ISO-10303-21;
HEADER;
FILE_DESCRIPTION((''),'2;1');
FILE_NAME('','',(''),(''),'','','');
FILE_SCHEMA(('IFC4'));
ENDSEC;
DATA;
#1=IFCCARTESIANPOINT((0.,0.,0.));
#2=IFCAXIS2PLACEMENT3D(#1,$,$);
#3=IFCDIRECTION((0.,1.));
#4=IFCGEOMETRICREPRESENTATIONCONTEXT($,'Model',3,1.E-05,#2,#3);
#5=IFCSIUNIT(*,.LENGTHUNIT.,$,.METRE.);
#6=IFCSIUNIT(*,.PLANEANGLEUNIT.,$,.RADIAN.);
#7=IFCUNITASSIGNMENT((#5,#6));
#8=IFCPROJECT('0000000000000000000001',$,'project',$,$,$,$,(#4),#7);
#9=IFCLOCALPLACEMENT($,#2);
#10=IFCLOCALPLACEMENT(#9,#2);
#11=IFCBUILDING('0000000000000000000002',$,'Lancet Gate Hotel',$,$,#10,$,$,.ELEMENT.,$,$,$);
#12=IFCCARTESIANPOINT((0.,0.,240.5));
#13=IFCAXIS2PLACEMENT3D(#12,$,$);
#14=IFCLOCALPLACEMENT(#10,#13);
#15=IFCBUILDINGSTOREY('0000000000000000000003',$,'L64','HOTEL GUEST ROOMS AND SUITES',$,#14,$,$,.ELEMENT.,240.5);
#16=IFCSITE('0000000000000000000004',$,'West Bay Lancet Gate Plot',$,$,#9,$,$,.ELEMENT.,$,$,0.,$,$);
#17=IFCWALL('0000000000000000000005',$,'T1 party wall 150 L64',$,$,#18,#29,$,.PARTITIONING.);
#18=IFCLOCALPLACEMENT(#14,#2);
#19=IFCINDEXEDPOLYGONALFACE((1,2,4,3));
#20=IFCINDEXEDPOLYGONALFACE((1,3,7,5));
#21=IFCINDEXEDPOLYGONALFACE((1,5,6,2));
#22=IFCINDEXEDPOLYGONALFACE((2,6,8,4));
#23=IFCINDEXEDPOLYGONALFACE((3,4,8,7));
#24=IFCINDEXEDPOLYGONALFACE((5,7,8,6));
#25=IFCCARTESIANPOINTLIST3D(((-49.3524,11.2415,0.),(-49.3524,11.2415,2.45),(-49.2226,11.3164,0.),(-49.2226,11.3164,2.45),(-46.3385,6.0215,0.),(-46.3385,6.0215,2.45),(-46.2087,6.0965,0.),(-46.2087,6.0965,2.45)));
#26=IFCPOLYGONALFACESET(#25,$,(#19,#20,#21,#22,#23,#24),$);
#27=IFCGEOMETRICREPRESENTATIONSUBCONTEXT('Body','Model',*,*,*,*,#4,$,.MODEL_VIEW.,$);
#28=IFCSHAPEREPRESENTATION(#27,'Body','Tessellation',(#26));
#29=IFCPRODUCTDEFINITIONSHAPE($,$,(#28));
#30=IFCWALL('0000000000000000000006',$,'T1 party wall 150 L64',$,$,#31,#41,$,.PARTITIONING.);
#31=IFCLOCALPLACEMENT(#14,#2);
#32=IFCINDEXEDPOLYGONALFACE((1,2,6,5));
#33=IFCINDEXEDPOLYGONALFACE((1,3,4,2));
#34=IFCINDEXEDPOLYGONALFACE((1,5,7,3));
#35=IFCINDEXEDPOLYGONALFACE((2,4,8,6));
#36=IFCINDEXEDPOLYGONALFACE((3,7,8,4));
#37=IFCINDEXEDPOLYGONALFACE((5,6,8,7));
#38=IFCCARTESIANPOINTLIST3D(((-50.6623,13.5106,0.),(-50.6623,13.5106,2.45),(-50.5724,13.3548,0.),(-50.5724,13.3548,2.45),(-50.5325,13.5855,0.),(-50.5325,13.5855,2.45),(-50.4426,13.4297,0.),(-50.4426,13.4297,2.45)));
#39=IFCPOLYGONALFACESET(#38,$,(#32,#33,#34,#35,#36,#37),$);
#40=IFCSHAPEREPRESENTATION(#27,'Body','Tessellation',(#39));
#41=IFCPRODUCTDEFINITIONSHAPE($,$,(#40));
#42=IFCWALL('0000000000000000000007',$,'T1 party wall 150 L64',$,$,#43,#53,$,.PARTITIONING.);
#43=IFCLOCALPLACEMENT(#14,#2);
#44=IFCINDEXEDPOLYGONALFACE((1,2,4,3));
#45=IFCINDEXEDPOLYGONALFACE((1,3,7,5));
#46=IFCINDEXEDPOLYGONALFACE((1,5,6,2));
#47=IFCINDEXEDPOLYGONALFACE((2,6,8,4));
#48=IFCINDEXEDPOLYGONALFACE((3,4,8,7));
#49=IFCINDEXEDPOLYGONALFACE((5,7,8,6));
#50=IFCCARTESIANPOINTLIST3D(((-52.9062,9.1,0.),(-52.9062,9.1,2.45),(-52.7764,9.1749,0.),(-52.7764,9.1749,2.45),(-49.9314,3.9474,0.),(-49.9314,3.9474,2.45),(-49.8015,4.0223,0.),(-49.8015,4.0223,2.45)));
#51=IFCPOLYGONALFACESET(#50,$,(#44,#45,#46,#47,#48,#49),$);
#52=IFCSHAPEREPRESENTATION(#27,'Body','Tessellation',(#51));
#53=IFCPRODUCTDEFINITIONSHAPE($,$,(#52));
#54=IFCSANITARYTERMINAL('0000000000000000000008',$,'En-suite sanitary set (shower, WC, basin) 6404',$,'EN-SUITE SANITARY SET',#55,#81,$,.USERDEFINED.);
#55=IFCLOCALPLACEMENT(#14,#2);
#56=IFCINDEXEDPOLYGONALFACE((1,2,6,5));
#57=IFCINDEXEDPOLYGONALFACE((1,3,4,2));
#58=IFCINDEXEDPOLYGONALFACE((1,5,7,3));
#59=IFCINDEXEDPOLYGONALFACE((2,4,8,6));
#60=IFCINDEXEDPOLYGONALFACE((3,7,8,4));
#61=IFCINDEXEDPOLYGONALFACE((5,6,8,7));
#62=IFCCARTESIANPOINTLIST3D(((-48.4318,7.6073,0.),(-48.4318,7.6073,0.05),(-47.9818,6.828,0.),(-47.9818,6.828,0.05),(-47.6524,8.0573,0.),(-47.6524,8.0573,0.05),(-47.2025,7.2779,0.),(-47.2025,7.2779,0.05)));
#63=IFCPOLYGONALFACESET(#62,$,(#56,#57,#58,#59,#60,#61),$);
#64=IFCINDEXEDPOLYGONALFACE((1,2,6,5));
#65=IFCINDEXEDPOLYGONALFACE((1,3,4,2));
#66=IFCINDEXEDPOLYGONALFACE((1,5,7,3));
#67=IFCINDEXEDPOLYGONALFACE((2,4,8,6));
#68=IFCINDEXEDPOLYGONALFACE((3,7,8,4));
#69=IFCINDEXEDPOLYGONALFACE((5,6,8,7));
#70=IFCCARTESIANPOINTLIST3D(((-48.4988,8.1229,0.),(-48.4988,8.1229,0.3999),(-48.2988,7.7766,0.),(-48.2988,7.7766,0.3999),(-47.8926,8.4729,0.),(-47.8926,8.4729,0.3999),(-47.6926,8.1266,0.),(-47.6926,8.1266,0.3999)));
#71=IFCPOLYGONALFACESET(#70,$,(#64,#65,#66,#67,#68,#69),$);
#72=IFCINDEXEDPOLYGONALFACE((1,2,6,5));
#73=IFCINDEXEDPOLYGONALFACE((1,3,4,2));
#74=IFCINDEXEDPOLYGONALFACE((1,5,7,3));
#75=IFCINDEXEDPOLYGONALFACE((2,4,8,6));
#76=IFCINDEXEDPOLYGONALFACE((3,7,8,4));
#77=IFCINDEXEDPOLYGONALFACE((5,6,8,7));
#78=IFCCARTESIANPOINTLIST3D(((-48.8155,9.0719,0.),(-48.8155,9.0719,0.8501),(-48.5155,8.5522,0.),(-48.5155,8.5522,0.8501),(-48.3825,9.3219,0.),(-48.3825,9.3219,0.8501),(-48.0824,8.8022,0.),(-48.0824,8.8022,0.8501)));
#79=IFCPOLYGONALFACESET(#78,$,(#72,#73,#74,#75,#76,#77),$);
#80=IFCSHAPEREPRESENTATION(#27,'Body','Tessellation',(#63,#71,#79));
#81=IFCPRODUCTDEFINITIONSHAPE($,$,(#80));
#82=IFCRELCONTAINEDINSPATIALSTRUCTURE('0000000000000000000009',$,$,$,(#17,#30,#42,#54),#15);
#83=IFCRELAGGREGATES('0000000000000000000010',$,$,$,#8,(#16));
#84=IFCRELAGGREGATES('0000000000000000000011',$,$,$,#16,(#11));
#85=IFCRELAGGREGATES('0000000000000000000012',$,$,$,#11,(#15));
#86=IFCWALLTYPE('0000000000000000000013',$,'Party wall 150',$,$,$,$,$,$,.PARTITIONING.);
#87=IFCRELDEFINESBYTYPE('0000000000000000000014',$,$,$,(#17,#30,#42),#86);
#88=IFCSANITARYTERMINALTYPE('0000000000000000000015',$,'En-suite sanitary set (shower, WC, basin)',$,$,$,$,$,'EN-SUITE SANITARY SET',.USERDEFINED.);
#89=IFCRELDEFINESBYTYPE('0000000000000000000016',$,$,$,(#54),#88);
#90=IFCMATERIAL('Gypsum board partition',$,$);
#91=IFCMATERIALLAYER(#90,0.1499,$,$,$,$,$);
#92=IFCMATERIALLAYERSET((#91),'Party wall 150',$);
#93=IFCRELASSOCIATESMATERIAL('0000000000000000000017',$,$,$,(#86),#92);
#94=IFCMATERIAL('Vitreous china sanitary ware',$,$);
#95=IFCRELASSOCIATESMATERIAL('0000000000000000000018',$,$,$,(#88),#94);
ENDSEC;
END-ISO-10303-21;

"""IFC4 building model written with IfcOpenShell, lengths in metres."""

from ifc_helpers import new_model, si_unit, direction, frame, frame_2d, origin, origin_2d, place, context, subcontext, project, spatial, rectangle, extrude, material, layer, layer_set, type_object, element, save


model = new_model("IFC4")

# Units and contexts
model_context = context("Model", 3, precision=1e-05, world=origin(), true_north=direction((0.0, 1.0)))
body_context = subcontext(model_context, "Body", "Model", "MODEL_VIEW")
ifc_project = project(units=[si_unit("LENGTHUNIT", "METRE"), si_unit("PLANEANGLEUNIT", "RADIAN")], contexts=[model_context])

# Site, building, storey
site_placement = place(None, origin())
site = spatial("IfcSite", under=ifc_project, at=site_placement, Name="West Bay Lancet Gate Plot", CompositionType="ELEMENT", RefElevation=0.0)
building_placement = place(site_placement, origin())
building = spatial("IfcBuilding", under=site, at=building_placement, Name="Lancet Gate Hotel", CompositionType="ELEMENT")
storey_placement = place(building_placement, frame((0.0, 0.0, 240.5)))
storey = spatial("IfcBuildingStorey", under=building, at=storey_placement, Name="L64", Description="HOTEL GUEST ROOMS AND SUITES", CompositionType="ELEMENT", Elevation=240.5)

# Walls
ifc_material_1 = material(Name="Gypsum board partition")
ifc_layer_1 = layer(ifc_material_1, 0.1499)
ifc_layer_set_1 = layer_set([ifc_layer_1], Name="Party wall 150")
wall_type_1 = type_object("IfcWallType", Name="Party wall 150", PredefinedType="PARTITIONING", material=ifc_layer_set_1)
wall_1_placement = place(storey_placement, frame((-46.2737, 6.0591, 0.0), z_axis=(0.0, 0.0, 1.0), x_axis=(-0.50002, 0.866014, 0.0)))
element("IfcWall", 1, at=wall_1_placement, inside=storey, type_object=wall_type_1, Name="T1 party wall 150 L64", PredefinedType="PARTITIONING", context=body_context, shape_type="SweptSolid", body=[
    extrude(rectangle(XDim=6.0276, YDim=0.1499, at=frame_2d((3.0137, 0.0))), origin(), (0.0, 0.0, 1.0), 2.45),
])
wall_2_placement = place(storey_placement, frame((-50.5076, 13.3923, 0.0), z_axis=(0.0, 0.0, 1.0), x_axis=(-0.499644, 0.866231, 0.0)))
element("IfcWall", 2, at=wall_2_placement, inside=storey, type_object=wall_type_1, Name="T1 party wall 150 L64", PredefinedType="PARTITIONING", context=body_context, shape_type="SweptSolid", body=[
    extrude(rectangle(XDim=0.1799, YDim=0.1499, at=frame_2d((0.0898, 0.0))), origin(), (0.0, 0.0, 1.0), 2.45),
])
wall_3_placement = place(storey_placement, frame((-49.8665, 3.9849, 0.0), z_axis=(0.0, 0.0, 1.0), x_axis=(-0.500001, 0.866025, 0.0)))
element("IfcWall", 3, at=wall_3_placement, inside=storey, type_object=wall_type_1, Name="T1 party wall 150 L64", PredefinedType="PARTITIONING", context=body_context, shape_type="SweptSolid", body=[
    extrude(rectangle(XDim=5.9497, YDim=0.1499, at=frame_2d((2.9749, 0.0))), origin(), (0.0, 0.0, 1.0), 2.45),
])

# Sanitary terminal
ifc_material_2 = material(Name="Vitreous china sanitary ware")
sanitary_terminal_type = type_object("IfcSanitaryTerminalType", Name="En-suite sanitary set (shower, WC, basin)", ElementType="EN-SUITE SANITARY SET", PredefinedType="USERDEFINED", material=ifc_material_2)
sanitary_terminal_placement = place(storey_placement, frame((-47.8171, 7.4426, 0.0), z_axis=(0.0, 0.0, 1.0), x_axis=(1.0, 0.0, 0.0)))
element("IfcSanitaryTerminal", 4, at=sanitary_terminal_placement, inside=storey, type_object=sanitary_terminal_type, Name="En-suite sanitary set (shower, WC, basin) 6404", ObjectType="EN-SUITE SANITARY SET", PredefinedType="USERDEFINED", context=body_context, shape_type="SweptSolid", body=[
    extrude(rectangle(XDim=0.8999, YDim=0.8999, at=origin_2d()), frame((0.0, 0.0, 0.0), z_axis=(0.0, 0.0, 1.0), x_axis=(0.5, -0.866025, 0.0)), (0.0, 0.0, 1.0), 0.05),
    extrude(rectangle(XDim=0.3999, YDim=0.7, at=origin_2d()), frame((-0.2786, 0.6821, 0.0), z_axis=(0.0, 0.0, 1.0), x_axis=(0.5, -0.866025, 0.0)), (0.0, 0.0, 1.0), 0.3999),
    extrude(rectangle(XDim=0.6001, YDim=0.5, at=origin_2d()), frame((-0.6318, 1.4944, 0.0), z_axis=(0.0, 0.0, 1.0), x_axis=(0.5, -0.866025, 0.0)), (0.0, 0.0, 1.0), 0.8501),
])

save(model, "model.ifc")
